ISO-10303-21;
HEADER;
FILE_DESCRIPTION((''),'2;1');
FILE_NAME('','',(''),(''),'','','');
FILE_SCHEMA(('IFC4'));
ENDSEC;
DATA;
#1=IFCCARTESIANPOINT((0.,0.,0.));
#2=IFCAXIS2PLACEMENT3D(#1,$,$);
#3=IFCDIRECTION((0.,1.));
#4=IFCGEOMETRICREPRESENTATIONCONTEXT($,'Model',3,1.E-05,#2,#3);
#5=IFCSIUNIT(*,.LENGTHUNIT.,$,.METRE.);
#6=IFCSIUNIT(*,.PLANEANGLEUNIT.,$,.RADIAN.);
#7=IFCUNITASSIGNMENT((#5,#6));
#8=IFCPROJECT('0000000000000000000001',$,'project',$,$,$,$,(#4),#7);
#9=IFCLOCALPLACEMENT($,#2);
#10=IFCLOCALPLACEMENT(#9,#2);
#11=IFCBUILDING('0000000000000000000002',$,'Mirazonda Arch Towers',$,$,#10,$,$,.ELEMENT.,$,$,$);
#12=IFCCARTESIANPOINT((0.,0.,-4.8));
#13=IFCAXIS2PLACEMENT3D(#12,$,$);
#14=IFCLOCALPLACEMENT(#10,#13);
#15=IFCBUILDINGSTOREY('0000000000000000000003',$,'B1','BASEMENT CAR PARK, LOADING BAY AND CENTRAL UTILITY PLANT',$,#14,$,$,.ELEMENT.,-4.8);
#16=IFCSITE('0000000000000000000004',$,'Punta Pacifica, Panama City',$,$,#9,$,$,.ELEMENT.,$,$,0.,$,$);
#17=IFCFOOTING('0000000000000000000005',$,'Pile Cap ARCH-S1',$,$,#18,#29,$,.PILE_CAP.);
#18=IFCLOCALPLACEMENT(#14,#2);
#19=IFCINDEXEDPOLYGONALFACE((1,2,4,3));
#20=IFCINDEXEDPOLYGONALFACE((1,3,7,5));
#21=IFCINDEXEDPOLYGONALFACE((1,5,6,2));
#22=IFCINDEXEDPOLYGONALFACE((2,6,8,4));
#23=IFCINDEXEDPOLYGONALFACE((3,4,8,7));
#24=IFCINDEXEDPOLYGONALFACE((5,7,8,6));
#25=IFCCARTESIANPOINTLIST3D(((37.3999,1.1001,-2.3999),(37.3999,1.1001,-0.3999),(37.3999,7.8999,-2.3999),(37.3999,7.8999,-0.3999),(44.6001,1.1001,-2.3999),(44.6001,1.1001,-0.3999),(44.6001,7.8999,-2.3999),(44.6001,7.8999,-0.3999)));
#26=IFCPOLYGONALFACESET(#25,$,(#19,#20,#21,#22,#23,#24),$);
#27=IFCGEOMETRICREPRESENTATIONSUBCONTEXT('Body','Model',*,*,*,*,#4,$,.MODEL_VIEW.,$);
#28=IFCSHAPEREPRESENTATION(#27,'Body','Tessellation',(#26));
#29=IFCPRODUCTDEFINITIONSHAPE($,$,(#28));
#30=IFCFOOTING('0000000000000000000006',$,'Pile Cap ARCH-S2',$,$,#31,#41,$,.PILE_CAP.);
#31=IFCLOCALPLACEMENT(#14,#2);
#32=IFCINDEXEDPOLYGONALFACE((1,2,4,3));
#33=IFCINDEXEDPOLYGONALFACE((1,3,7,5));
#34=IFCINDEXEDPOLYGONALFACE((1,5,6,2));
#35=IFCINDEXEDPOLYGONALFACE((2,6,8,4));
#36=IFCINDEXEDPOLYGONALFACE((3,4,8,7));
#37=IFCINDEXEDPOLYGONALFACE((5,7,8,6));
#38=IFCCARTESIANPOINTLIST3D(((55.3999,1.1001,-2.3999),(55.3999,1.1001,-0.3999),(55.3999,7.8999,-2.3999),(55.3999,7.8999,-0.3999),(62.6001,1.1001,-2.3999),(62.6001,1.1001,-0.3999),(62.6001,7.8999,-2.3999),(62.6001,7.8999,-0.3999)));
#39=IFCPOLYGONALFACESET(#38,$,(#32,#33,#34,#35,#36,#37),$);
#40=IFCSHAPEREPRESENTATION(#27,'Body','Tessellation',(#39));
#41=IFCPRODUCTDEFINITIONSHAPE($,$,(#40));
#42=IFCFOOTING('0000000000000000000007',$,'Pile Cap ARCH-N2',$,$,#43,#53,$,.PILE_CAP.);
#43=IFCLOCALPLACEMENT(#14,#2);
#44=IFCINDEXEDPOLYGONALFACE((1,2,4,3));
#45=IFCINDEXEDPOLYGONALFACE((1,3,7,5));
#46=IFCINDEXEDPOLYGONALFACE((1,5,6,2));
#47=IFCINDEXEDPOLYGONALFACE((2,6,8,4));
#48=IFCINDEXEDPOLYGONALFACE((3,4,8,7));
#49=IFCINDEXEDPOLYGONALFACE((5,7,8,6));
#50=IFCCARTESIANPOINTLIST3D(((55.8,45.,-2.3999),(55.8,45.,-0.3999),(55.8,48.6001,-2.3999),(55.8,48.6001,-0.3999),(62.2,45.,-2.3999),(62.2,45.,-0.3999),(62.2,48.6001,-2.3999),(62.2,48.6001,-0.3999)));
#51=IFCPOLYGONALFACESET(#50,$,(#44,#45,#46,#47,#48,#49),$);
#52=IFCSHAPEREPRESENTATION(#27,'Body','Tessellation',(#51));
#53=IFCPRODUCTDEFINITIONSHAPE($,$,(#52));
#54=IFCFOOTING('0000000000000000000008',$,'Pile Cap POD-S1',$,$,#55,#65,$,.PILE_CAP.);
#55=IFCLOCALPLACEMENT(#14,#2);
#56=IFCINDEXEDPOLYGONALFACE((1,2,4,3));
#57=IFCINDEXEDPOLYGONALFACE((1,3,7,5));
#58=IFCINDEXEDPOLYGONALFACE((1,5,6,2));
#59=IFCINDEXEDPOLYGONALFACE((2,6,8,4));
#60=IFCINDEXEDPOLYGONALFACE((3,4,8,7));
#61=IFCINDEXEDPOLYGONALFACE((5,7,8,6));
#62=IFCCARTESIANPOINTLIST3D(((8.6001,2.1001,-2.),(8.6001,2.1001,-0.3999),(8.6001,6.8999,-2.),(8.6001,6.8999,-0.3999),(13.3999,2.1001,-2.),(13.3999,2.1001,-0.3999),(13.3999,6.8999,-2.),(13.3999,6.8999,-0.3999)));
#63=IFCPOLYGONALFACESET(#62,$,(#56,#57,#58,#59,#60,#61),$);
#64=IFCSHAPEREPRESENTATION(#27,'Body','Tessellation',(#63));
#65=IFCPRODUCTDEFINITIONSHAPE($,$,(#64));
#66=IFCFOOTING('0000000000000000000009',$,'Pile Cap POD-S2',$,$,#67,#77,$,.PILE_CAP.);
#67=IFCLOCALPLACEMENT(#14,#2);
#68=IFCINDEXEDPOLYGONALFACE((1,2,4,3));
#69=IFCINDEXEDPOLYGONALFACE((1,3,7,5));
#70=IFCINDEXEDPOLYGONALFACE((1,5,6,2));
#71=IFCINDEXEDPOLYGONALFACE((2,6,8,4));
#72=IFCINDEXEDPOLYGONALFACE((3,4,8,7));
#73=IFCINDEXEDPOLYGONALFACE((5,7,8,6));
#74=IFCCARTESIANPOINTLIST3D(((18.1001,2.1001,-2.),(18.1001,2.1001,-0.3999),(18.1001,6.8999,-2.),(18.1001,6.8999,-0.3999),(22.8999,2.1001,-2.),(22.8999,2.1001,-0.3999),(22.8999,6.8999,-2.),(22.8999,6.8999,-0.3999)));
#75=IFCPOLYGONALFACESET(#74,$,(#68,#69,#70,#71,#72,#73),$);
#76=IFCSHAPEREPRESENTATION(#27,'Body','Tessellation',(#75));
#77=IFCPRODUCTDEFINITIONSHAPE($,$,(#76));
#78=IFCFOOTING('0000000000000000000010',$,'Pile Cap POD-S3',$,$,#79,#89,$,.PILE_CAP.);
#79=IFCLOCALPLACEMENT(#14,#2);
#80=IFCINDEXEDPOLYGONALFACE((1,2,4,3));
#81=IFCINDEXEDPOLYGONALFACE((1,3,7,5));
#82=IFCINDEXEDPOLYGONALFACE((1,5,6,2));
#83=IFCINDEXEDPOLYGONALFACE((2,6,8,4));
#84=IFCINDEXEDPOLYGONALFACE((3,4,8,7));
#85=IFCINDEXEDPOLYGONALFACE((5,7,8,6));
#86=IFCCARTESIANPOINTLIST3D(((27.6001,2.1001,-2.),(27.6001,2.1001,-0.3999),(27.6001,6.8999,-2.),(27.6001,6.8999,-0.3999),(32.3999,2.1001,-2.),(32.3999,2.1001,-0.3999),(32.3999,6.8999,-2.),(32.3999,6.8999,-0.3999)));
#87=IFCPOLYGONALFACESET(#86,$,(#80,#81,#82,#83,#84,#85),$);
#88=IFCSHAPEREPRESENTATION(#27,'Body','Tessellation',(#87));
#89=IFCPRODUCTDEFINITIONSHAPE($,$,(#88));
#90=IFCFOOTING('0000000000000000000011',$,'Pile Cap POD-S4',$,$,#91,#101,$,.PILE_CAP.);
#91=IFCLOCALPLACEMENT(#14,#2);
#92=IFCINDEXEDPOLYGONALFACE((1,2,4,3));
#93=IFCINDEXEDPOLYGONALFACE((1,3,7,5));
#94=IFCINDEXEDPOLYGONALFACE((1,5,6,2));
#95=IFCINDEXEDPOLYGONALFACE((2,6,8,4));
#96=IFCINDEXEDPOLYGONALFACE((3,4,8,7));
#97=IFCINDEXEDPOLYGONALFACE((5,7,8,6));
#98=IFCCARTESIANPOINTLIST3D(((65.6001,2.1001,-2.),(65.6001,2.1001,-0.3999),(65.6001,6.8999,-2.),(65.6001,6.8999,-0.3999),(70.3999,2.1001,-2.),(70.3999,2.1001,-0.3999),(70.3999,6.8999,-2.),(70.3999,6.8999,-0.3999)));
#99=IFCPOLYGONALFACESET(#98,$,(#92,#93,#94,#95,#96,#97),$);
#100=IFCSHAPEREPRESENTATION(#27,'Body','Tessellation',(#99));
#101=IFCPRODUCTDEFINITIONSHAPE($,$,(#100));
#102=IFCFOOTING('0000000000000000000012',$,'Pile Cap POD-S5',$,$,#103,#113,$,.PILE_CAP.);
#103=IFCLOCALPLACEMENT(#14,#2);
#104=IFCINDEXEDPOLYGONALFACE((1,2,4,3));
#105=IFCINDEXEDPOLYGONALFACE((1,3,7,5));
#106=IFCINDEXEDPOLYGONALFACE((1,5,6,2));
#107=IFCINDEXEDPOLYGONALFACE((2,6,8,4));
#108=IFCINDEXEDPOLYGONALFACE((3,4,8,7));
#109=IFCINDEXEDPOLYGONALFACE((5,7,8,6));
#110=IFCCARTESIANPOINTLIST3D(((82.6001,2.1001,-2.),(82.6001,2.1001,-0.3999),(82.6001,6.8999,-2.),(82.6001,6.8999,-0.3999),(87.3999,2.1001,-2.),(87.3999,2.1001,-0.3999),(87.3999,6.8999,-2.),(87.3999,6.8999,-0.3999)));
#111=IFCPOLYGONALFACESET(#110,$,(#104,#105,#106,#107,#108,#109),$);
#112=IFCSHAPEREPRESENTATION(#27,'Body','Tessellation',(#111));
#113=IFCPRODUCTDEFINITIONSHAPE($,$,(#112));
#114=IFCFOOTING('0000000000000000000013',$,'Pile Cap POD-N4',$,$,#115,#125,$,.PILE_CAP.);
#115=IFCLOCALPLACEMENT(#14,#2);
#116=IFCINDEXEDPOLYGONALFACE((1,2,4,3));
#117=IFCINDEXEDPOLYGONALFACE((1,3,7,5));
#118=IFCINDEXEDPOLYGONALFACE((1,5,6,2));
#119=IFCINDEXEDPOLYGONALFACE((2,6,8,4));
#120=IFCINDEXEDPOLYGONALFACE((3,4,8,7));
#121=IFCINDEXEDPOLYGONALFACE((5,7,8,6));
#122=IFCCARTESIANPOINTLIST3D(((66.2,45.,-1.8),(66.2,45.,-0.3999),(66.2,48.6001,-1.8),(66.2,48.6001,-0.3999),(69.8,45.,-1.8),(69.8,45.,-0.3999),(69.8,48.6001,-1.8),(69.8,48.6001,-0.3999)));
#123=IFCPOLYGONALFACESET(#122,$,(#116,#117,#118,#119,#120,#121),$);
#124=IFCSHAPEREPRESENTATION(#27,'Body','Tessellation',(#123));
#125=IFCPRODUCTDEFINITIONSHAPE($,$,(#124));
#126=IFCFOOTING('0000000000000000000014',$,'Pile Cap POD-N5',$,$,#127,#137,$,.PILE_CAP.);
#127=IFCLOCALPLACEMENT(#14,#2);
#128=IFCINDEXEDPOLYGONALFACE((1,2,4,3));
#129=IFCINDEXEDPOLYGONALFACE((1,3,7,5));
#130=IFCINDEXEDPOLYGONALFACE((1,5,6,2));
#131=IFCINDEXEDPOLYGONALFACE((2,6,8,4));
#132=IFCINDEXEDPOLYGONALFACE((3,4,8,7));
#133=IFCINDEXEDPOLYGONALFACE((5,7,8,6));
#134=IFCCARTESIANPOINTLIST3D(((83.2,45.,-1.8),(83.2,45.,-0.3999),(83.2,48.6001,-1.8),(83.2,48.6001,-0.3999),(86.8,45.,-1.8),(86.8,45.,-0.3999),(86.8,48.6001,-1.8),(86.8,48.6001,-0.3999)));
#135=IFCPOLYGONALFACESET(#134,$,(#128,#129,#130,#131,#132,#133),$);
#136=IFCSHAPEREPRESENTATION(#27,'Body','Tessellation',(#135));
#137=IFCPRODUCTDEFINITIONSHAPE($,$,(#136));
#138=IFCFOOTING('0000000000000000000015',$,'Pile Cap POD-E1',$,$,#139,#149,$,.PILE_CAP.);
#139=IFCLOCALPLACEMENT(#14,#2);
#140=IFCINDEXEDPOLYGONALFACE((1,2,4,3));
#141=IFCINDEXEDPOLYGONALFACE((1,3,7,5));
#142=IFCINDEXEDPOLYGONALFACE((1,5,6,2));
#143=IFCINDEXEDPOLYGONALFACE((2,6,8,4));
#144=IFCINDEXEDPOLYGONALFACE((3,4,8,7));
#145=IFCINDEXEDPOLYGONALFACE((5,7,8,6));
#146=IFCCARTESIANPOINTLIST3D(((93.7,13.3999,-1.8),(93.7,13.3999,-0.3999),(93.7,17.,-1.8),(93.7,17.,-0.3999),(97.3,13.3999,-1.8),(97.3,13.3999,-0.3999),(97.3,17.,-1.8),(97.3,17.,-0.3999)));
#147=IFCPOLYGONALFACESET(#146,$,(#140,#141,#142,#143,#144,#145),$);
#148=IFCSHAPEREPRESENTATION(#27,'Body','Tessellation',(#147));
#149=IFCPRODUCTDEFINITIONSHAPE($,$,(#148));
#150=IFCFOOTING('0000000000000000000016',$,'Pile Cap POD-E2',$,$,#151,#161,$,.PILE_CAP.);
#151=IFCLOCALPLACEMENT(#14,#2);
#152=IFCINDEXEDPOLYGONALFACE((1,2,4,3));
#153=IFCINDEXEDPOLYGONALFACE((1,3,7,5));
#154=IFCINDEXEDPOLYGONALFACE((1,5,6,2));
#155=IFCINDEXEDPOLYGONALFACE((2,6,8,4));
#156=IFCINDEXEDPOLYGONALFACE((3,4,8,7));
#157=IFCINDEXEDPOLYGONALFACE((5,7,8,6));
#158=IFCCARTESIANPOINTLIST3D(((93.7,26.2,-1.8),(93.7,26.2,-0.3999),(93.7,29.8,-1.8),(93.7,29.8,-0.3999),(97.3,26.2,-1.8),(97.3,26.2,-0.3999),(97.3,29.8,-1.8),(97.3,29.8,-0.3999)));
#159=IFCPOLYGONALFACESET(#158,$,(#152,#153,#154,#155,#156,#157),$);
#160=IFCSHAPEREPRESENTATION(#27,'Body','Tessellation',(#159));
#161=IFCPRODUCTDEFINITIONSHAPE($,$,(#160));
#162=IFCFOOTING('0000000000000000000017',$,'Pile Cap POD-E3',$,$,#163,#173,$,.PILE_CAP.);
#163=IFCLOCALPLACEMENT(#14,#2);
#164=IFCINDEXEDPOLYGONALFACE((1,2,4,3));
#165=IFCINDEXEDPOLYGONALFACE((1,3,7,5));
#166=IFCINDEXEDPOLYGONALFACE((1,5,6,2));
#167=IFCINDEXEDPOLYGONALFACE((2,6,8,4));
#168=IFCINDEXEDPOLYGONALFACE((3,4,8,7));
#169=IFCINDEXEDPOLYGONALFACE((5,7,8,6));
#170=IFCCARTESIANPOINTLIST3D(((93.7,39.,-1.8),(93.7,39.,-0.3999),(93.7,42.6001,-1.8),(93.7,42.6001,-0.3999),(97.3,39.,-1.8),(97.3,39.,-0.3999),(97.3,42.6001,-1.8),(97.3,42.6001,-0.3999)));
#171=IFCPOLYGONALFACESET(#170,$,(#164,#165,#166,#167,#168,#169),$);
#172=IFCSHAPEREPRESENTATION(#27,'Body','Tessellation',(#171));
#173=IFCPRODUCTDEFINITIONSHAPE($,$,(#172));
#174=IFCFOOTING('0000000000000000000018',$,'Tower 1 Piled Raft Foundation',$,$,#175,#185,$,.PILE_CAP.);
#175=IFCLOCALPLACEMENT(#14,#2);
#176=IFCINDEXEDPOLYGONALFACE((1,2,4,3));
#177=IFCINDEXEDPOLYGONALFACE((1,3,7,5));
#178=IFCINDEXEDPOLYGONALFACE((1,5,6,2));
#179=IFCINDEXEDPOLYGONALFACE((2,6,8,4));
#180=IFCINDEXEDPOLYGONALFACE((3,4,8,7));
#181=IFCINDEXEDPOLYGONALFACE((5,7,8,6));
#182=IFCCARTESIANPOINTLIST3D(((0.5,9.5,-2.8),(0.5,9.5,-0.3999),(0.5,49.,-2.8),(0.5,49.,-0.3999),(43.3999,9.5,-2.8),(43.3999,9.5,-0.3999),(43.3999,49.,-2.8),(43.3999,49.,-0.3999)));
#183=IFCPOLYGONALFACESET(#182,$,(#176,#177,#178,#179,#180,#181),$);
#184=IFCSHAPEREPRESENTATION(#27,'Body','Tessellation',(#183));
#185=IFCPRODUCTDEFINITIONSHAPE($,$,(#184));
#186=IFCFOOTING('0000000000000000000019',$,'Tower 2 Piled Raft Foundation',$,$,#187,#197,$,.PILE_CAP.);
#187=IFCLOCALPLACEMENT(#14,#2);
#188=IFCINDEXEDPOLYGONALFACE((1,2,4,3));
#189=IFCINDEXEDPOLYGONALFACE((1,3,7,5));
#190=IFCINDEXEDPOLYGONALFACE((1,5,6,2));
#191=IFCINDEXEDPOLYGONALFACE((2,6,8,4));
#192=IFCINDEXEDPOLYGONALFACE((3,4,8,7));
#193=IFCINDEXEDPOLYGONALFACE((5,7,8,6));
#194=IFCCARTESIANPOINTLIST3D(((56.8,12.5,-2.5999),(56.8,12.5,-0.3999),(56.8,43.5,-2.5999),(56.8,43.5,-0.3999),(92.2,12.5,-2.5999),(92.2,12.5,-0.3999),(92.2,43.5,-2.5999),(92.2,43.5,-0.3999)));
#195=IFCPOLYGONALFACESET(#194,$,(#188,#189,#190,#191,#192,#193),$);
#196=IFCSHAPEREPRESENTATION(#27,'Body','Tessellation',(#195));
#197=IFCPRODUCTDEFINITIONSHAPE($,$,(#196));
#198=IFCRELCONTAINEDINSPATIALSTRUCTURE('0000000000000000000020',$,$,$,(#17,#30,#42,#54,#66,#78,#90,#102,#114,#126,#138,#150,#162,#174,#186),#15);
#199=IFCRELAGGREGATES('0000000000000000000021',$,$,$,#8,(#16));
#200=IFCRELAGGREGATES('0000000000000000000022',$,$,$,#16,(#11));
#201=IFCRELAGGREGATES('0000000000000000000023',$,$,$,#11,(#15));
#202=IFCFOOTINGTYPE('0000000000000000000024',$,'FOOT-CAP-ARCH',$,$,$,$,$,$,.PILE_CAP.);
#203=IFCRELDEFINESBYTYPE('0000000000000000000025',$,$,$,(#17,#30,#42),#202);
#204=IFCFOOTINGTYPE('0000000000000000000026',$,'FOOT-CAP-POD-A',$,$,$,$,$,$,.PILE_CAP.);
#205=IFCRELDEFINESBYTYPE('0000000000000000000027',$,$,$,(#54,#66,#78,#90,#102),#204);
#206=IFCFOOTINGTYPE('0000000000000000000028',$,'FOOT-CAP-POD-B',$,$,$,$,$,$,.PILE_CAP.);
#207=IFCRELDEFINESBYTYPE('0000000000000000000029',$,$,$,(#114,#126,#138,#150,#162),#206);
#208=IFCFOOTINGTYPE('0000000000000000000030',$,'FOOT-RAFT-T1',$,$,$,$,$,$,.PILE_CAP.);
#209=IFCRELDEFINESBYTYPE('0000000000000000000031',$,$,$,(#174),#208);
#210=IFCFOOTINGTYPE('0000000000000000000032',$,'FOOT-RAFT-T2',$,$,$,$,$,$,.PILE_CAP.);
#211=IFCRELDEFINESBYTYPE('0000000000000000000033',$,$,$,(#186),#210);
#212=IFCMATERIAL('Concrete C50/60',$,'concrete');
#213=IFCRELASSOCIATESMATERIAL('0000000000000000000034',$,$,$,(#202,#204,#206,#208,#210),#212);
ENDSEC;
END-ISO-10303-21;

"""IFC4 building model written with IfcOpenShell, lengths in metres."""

from ifc_helpers import new_model, si_unit, direction, frame, origin, place, context, subcontext, project, spatial, polyline, outline, extrude, material, type_object, element, save


model = new_model("IFC4")

# Units and contexts
model_context = context("Model", 3, precision=1e-05, world=origin(), true_north=direction((0.0, 1.0)))
body_context = subcontext(model_context, "Body", "Model", "MODEL_VIEW")
ifc_project = project(units=[si_unit("LENGTHUNIT", "METRE"), si_unit("PLANEANGLEUNIT", "RADIAN")], contexts=[model_context])

# Site, building, storey
site_placement = place(None, origin())
site = spatial("IfcSite", under=ifc_project, at=site_placement, Name="Punta Pacifica, Panama City", CompositionType="ELEMENT", RefElevation=0.0)
building_placement = place(site_placement, origin())
building = spatial("IfcBuilding", under=site, at=building_placement, Name="Mirazonda Arch Towers", CompositionType="ELEMENT")
storey_placement = place(building_placement, frame((0.0, 0.0, -4.8)))
storey = spatial("IfcBuildingStorey", under=building, at=storey_placement, Name="B1", Description="BASEMENT CAR PARK, LOADING BAY AND CENTRAL UTILITY PLANT", CompositionType="ELEMENT", Elevation=-4.8)

# Footings
ifc_material = material(Name="Concrete C50/60", Category="concrete")
footing_type_1 = type_object("IfcFootingType", Name="FOOT-CAP-ARCH", PredefinedType="PILE_CAP", material=ifc_material)
footing_1_placement = place(storey_placement, frame((0.0, 0.0, -2.3999)))
element("IfcFooting", 1, at=footing_1_placement, inside=storey, type_object=footing_type_1, Name="Pile Cap ARCH-S1", PredefinedType="PILE_CAP", context=body_context, shape_type="SweptSolid", body=[
    extrude(outline(polyline([(37.3999, 1.1001), (44.6001, 1.1001), (44.6001, 7.8999), (37.3999, 7.8999), (37.3999, 1.1001)])), origin(), (0.0, 0.0, 1.0), 2.0),
])
footing_2_placement = place(storey_placement, frame((0.0, 0.0, -2.3999)))
element("IfcFooting", 2, at=footing_2_placement, inside=storey, type_object=footing_type_1, Name="Pile Cap ARCH-S2", PredefinedType="PILE_CAP", context=body_context, shape_type="SweptSolid", body=[
    extrude(outline(polyline([(55.3999, 1.1001), (62.6001, 1.1001), (62.6001, 7.8999), (55.3999, 7.8999), (55.3999, 1.1001)])), origin(), (0.0, 0.0, 1.0), 2.0),
])
footing_3_placement = place(storey_placement, frame((0.0, 0.0, -2.3999)))
element("IfcFooting", 3, at=footing_3_placement, inside=storey, type_object=footing_type_1, Name="Pile Cap ARCH-N2", PredefinedType="PILE_CAP", context=body_context, shape_type="SweptSolid", body=[
    extrude(outline(polyline([(55.8, 45.0), (62.2, 45.0), (62.2, 48.6001), (55.8, 48.6001), (55.8, 45.0)])), origin(), (0.0, 0.0, 1.0), 2.0),
])
footing_type_2 = type_object("IfcFootingType", Name="FOOT-CAP-POD-A", PredefinedType="PILE_CAP", material=ifc_material)
footing_4_placement = place(storey_placement, frame((0.0, 0.0, -2.0)))
element("IfcFooting", 4, at=footing_4_placement, inside=storey, type_object=footing_type_2, Name="Pile Cap POD-S1", PredefinedType="PILE_CAP", context=body_context, shape_type="SweptSolid", body=[
    extrude(outline(polyline([(8.6001, 2.1001), (13.3999, 2.1001), (13.3999, 6.8999), (8.6001, 6.8999), (8.6001, 2.1001)])), origin(), (0.0, 0.0, 1.0), 1.6001),
])
footing_5_placement = place(storey_placement, frame((0.0, 0.0, -2.0)))
element("IfcFooting", 5, at=footing_5_placement, inside=storey, type_object=footing_type_2, Name="Pile Cap POD-S2", PredefinedType="PILE_CAP", context=body_context, shape_type="SweptSolid", body=[
    extrude(outline(polyline([(18.1001, 2.1001), (22.8999, 2.1001), (22.8999, 6.8999), (18.1001, 6.8999), (18.1001, 2.1001)])), origin(), (0.0, 0.0, 1.0), 1.6001),
])
footing_6_placement = place(storey_placement, frame((0.0, 0.0, -2.0)))
element("IfcFooting", 6, at=footing_6_placement, inside=storey, type_object=footing_type_2, Name="Pile Cap POD-S3", PredefinedType="PILE_CAP", context=body_context, shape_type="SweptSolid", body=[
    extrude(outline(polyline([(27.6001, 2.1001), (32.3999, 2.1001), (32.3999, 6.8999), (27.6001, 6.8999), (27.6001, 2.1001)])), origin(), (0.0, 0.0, 1.0), 1.6001),
])
footing_7_placement = place(storey_placement, frame((0.0, 0.0, -2.0)))
element("IfcFooting", 7, at=footing_7_placement, inside=storey, type_object=footing_type_2, Name="Pile Cap POD-S4", PredefinedType="PILE_CAP", context=body_context, shape_type="SweptSolid", body=[
    extrude(outline(polyline([(65.6001, 2.1001), (70.3999, 2.1001), (70.3999, 6.8999), (65.6001, 6.8999), (65.6001, 2.1001)])), origin(), (0.0, 0.0, 1.0), 1.6001),
])
footing_8_placement = place(storey_placement, frame((0.0, 0.0, -2.0)))
element("IfcFooting", 8, at=footing_8_placement, inside=storey, type_object=footing_type_2, Name="Pile Cap POD-S5", PredefinedType="PILE_CAP", context=body_context, shape_type="SweptSolid", body=[
    extrude(outline(polyline([(82.6001, 2.1001), (87.3999, 2.1001), (87.3999, 6.8999), (82.6001, 6.8999), (82.6001, 2.1001)])), origin(), (0.0, 0.0, 1.0), 1.6001),
])
footing_type_3 = type_object("IfcFootingType", Name="FOOT-CAP-POD-B", PredefinedType="PILE_CAP", material=ifc_material)
footing_9_placement = place(storey_placement, frame((0.0, 0.0, -1.8)))
element("IfcFooting", 9, at=footing_9_placement, inside=storey, type_object=footing_type_3, Name="Pile Cap POD-N4", PredefinedType="PILE_CAP", context=body_context, shape_type="SweptSolid", body=[
    extrude(outline(polyline([(66.2, 45.0), (69.8, 45.0), (69.8, 48.6001), (66.2, 48.6001), (66.2, 45.0)])), origin(), (0.0, 0.0, 1.0), 1.4001),
])
footing_10_placement = place(storey_placement, frame((0.0, 0.0, -1.8)))
element("IfcFooting", 10, at=footing_10_placement, inside=storey, type_object=footing_type_3, Name="Pile Cap POD-N5", PredefinedType="PILE_CAP", context=body_context, shape_type="SweptSolid", body=[
    extrude(outline(polyline([(83.2, 45.0), (86.8, 45.0), (86.8, 48.6001), (83.2, 48.6001), (83.2, 45.0)])), origin(), (0.0, 0.0, 1.0), 1.4001),
])
footing_11_placement = place(storey_placement, frame((0.0, 0.0, -1.8)))
element("IfcFooting", 11, at=footing_11_placement, inside=storey, type_object=footing_type_3, Name="Pile Cap POD-E1", PredefinedType="PILE_CAP", context=body_context, shape_type="SweptSolid", body=[
    extrude(outline(polyline([(93.7, 13.3999), (97.3, 13.3999), (97.3, 17.0), (93.7, 17.0), (93.7, 13.3999)])), origin(), (0.0, 0.0, 1.0), 1.4001),
])
footing_12_placement = place(storey_placement, frame((0.0, 0.0, -1.8)))
element("IfcFooting", 12, at=footing_12_placement, inside=storey, type_object=footing_type_3, Name="Pile Cap POD-E2", PredefinedType="PILE_CAP", context=body_context, shape_type="SweptSolid", body=[
    extrude(outline(polyline([(93.7, 26.2), (97.3, 26.2), (97.3, 29.8), (93.7, 29.8), (93.7, 26.2)])), origin(), (0.0, 0.0, 1.0), 1.4001),
])
footing_13_placement = place(storey_placement, frame((0.0, 0.0, -1.8)))
element("IfcFooting", 13, at=footing_13_placement, inside=storey, type_object=footing_type_3, Name="Pile Cap POD-E3", PredefinedType="PILE_CAP", context=body_context, shape_type="SweptSolid", body=[
    extrude(outline(polyline([(93.7, 39.0), (97.3, 39.0), (97.3, 42.6001), (93.7, 42.6001), (93.7, 39.0)])), origin(), (0.0, 0.0, 1.0), 1.4001),
])
footing_type_4 = type_object("IfcFootingType", Name="FOOT-RAFT-T1", PredefinedType="PILE_CAP", material=ifc_material)
footing_14_placement = place(storey_placement, frame((0.0, 0.0, -2.8)))
element("IfcFooting", 14, at=footing_14_placement, inside=storey, type_object=footing_type_4, Name="Tower 1 Piled Raft Foundation", PredefinedType="PILE_CAP", context=body_context, shape_type="SweptSolid", body=[
    extrude(outline(polyline([(0.5, 9.5), (43.3999, 9.5), (43.3999, 49.0), (0.5, 49.0), (0.5, 9.5)])), origin(), (0.0, 0.0, 1.0), 2.4001),
])
footing_type_5 = type_object("IfcFootingType", Name="FOOT-RAFT-T2", PredefinedType="PILE_CAP", material=ifc_material)
footing_15_placement = place(storey_placement, frame((0.0, 0.0, -2.5999)))
element("IfcFooting", 15, at=footing_15_placement, inside=storey, type_object=footing_type_5, Name="Tower 2 Piled Raft Foundation", PredefinedType="PILE_CAP", context=body_context, shape_type="SweptSolid", body=[
    extrude(outline(polyline([(56.8, 12.5), (92.2, 12.5), (92.2, 43.5), (56.8, 43.5), (56.8, 12.5)])), origin(), (0.0, 0.0, 1.0), 2.2),
])

save(model, "model.ifc")
